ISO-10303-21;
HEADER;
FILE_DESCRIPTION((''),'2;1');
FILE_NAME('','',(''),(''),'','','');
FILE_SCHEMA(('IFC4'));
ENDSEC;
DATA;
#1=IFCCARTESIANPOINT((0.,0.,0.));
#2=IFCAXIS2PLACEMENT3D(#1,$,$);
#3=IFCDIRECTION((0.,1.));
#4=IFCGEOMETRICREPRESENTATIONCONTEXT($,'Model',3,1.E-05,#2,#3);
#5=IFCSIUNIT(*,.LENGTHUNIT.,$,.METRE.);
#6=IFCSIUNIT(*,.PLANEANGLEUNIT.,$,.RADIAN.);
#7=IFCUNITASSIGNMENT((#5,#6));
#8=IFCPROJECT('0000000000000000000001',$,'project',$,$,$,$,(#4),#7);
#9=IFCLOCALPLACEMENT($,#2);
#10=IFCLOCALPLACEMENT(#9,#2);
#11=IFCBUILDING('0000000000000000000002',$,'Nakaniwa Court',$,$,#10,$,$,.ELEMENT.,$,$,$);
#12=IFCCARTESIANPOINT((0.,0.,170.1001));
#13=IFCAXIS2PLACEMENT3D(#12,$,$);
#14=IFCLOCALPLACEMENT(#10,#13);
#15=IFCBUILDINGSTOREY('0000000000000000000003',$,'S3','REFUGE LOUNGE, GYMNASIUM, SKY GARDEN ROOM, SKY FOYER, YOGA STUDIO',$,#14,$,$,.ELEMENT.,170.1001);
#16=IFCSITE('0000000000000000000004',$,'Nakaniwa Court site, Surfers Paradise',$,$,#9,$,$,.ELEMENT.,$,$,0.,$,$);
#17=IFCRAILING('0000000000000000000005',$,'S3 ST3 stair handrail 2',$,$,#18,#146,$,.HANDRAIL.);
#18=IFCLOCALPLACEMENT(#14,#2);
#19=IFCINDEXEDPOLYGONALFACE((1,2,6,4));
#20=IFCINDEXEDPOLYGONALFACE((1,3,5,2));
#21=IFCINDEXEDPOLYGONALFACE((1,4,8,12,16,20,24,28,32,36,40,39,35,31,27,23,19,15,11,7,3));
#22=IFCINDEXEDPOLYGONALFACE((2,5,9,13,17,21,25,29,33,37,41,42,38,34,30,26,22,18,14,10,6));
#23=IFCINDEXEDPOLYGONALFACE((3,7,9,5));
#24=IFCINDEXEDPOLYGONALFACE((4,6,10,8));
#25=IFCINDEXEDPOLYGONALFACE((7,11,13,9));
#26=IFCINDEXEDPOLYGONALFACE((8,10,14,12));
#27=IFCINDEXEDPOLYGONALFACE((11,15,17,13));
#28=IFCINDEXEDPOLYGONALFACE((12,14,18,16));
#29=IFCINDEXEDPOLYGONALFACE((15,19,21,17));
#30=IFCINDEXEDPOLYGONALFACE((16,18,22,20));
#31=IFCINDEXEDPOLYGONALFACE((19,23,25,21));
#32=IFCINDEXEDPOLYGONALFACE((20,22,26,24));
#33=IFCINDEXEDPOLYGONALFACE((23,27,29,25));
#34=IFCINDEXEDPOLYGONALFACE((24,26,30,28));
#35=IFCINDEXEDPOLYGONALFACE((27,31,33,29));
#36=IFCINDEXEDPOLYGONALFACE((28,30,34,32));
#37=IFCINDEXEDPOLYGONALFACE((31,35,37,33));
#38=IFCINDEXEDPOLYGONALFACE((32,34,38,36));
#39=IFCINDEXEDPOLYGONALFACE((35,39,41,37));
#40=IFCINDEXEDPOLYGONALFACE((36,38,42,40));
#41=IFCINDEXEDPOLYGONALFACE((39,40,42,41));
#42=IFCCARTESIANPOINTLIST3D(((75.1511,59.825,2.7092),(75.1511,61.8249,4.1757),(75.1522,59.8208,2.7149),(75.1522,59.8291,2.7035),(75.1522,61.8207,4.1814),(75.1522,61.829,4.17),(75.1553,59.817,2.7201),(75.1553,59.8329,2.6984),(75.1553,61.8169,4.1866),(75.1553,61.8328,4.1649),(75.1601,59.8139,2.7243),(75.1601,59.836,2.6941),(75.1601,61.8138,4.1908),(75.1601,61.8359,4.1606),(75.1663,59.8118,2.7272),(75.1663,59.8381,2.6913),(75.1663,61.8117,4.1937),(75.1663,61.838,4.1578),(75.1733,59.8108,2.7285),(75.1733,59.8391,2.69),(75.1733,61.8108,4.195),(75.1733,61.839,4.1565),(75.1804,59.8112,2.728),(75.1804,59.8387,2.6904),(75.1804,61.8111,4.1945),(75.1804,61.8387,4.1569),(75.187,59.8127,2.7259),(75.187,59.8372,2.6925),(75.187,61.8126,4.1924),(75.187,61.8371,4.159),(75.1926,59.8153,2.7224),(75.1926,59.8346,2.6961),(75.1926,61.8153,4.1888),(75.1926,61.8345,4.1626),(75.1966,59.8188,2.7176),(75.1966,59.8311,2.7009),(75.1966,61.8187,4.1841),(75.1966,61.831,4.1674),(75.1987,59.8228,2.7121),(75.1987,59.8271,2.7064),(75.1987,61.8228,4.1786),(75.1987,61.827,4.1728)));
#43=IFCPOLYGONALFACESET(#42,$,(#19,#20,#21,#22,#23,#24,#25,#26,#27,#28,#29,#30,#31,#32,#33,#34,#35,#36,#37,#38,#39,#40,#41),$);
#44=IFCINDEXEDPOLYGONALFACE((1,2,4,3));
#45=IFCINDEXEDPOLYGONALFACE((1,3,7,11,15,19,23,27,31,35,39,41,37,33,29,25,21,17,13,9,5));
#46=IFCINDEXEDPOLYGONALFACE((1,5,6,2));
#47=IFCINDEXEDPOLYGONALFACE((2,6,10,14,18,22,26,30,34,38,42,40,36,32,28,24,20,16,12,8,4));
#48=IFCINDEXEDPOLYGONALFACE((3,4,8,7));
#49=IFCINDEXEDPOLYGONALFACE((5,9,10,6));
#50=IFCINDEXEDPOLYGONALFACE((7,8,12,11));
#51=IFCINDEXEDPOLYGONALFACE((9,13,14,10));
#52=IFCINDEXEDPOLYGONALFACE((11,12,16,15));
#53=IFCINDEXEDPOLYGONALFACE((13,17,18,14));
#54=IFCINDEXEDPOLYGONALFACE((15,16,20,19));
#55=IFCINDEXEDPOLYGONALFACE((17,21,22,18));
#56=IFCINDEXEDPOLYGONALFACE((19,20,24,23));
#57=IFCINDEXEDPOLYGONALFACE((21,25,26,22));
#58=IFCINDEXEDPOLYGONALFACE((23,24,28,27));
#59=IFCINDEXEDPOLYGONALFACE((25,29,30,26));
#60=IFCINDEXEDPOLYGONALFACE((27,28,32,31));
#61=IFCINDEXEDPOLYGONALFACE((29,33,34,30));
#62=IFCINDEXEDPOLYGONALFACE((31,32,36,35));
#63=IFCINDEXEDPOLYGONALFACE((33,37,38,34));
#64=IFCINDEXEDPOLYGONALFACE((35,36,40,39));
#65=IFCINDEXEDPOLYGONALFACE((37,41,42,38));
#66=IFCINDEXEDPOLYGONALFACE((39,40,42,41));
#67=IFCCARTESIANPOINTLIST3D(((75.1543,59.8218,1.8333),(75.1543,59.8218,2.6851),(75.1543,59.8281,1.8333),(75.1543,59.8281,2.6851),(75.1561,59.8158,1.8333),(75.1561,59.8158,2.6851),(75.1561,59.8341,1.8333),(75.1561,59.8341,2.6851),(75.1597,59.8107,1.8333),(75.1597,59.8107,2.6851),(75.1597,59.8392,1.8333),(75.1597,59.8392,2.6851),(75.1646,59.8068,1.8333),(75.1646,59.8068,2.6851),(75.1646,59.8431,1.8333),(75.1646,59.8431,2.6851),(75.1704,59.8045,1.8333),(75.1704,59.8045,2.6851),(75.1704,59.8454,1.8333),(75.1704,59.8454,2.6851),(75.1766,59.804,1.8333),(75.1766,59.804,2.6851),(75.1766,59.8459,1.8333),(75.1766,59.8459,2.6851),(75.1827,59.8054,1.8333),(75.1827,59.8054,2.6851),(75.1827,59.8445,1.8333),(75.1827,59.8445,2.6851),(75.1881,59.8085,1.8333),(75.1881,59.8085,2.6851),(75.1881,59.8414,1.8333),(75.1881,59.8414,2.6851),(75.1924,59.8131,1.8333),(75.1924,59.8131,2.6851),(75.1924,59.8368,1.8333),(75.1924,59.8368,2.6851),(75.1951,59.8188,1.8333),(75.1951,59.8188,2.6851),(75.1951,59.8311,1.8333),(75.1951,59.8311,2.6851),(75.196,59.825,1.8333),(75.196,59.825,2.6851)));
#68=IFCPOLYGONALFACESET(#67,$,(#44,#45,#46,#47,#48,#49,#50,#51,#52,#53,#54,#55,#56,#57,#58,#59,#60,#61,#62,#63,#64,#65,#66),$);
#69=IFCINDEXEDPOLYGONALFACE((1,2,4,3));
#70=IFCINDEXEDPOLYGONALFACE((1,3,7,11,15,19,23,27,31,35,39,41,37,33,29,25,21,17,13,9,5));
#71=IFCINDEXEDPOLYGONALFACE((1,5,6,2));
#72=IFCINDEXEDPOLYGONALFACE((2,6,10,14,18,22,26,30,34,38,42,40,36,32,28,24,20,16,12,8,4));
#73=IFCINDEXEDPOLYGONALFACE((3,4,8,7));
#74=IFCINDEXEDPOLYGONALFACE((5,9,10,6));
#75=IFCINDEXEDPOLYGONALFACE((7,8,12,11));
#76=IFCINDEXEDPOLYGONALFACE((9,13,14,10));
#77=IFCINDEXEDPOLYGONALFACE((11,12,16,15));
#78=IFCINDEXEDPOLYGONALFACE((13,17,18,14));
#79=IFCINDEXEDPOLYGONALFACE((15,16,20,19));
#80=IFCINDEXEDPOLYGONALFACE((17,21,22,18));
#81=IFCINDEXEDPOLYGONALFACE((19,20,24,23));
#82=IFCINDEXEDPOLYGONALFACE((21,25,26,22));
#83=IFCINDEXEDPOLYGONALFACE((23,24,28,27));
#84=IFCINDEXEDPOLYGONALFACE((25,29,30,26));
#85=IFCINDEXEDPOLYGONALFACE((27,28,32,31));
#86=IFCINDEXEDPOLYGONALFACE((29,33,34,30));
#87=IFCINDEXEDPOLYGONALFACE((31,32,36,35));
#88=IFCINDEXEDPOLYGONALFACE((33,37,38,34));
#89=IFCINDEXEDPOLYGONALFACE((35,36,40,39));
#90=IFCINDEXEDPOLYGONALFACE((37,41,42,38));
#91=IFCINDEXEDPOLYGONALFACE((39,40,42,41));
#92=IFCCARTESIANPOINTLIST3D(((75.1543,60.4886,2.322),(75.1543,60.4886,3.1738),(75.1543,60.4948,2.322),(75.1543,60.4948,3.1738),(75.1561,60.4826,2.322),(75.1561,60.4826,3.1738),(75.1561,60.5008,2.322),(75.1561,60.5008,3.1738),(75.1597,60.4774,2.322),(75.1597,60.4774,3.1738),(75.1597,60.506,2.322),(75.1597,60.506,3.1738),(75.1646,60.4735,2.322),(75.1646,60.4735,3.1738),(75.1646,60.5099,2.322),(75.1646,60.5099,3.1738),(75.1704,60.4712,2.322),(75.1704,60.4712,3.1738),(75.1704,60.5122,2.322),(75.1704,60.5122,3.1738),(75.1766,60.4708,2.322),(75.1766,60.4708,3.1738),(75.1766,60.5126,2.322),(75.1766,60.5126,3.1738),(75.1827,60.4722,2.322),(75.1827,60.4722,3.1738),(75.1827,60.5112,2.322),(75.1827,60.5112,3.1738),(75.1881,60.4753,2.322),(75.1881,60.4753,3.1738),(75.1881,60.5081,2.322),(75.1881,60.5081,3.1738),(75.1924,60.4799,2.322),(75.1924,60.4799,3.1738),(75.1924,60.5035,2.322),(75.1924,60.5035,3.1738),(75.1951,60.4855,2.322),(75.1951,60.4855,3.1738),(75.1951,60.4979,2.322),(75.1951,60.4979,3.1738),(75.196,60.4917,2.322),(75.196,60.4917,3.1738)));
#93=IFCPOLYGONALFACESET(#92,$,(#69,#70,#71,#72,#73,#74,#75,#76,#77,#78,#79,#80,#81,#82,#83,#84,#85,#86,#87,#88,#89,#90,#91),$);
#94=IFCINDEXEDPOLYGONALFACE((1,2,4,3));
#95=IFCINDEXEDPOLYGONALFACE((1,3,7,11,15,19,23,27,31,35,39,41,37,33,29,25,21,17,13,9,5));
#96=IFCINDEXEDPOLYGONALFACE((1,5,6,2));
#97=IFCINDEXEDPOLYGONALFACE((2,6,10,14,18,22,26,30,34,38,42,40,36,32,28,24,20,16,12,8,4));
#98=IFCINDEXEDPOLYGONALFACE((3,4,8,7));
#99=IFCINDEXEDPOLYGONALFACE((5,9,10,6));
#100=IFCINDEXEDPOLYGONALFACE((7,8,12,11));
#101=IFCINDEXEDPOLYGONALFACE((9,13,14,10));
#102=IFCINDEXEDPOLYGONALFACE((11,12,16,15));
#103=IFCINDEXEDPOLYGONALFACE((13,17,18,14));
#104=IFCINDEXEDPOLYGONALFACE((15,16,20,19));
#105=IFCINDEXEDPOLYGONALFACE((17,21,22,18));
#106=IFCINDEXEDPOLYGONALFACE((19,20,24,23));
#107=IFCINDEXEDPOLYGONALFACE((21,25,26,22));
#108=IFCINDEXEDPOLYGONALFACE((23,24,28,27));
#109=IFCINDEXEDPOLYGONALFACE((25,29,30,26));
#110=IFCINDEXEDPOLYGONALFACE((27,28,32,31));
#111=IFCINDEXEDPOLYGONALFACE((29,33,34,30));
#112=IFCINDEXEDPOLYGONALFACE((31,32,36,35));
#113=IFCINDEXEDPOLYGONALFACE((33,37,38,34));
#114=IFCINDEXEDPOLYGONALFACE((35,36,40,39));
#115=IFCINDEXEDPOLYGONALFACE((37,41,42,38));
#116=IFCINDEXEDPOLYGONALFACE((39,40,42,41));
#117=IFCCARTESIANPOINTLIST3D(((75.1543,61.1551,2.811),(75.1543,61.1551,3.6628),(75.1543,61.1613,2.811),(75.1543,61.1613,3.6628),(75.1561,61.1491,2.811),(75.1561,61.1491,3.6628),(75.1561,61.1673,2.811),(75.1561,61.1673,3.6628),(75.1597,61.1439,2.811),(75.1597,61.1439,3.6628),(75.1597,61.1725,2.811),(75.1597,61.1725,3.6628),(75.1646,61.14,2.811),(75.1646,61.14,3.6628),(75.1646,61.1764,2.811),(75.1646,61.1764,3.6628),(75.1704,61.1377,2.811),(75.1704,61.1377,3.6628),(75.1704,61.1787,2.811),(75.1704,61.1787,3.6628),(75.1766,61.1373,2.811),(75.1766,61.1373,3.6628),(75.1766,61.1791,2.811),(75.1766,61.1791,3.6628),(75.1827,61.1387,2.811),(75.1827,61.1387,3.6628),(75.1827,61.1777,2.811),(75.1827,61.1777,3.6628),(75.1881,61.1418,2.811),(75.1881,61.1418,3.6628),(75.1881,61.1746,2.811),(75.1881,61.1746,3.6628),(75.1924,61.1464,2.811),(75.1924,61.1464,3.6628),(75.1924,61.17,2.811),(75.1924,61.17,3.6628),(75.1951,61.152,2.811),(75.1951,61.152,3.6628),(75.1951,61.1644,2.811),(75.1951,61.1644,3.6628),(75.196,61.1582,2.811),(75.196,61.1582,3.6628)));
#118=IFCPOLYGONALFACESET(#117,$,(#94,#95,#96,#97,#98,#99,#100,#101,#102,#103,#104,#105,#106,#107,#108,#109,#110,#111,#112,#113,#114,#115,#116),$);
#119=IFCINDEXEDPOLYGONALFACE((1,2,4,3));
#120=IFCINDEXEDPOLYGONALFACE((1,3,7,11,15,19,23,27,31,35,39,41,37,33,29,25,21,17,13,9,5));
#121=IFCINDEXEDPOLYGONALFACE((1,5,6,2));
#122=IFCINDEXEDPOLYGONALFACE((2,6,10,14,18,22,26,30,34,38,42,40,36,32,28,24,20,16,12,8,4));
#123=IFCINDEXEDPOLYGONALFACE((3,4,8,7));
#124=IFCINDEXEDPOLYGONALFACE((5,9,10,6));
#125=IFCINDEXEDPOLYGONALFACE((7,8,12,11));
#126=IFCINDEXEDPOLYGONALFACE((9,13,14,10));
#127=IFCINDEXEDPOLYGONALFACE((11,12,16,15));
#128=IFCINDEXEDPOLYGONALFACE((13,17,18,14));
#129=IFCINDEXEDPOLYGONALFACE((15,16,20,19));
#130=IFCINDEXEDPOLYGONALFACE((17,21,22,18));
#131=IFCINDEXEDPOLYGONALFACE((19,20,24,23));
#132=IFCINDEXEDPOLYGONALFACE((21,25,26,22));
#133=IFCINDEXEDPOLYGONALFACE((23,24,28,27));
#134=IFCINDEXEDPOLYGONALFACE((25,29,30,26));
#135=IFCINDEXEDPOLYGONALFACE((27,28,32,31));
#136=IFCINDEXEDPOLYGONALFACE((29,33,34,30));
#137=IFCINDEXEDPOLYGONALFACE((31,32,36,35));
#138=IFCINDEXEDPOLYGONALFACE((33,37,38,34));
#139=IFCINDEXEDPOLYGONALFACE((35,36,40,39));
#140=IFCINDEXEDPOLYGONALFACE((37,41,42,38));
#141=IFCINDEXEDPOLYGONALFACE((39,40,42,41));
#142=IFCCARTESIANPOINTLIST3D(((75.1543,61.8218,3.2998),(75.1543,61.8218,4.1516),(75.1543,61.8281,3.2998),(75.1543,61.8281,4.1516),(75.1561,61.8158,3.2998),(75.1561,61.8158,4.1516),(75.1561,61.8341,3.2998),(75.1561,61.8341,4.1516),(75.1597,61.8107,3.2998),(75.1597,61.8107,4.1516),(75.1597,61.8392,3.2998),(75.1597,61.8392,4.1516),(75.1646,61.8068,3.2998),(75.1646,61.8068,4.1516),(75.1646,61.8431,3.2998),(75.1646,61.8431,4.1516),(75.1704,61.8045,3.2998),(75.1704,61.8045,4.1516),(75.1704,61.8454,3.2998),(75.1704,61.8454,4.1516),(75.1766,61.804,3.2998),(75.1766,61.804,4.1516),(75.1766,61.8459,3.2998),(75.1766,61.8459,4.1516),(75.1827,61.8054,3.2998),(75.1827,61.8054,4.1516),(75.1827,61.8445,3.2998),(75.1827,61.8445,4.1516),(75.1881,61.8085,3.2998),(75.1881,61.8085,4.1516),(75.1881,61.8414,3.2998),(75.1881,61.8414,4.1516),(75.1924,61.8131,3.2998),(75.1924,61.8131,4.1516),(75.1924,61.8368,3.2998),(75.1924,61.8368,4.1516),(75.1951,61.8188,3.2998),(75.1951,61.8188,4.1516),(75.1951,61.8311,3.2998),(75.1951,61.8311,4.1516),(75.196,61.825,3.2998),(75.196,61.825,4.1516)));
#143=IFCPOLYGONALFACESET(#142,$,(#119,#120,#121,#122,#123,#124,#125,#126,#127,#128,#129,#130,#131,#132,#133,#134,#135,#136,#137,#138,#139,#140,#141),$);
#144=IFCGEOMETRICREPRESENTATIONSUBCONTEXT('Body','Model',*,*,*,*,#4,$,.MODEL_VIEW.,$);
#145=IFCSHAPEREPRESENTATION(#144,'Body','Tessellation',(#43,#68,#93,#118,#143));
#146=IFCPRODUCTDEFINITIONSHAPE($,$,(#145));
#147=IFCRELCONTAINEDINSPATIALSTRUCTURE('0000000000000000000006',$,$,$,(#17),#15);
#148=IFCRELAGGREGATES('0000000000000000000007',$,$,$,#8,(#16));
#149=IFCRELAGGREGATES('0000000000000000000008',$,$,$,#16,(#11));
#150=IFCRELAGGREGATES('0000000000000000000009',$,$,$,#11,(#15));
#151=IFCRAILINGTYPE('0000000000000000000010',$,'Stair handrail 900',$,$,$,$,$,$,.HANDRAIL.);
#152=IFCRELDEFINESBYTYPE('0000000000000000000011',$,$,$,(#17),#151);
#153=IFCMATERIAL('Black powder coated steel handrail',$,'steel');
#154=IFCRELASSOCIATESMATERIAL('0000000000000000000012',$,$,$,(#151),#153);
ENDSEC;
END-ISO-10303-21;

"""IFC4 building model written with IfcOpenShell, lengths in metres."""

from ifc_helpers import new_model, si_unit, direction, frame, origin, origin_2d, place, context, subcontext, project, spatial, circle, extrude, material, type_object, element, save


model = new_model("IFC4")

# Units and contexts
model_context = context("Model", 3, precision=1e-05, world=origin(), true_north=direction((0.0, 1.0)))
body_context = subcontext(model_context, "Body", "Model", "MODEL_VIEW")
ifc_project = project(units=[si_unit("LENGTHUNIT", "METRE"), si_unit("PLANEANGLEUNIT", "RADIAN")], contexts=[model_context])

# Site, building, storey
site_placement = place(None, origin())
site = spatial("IfcSite", under=ifc_project, at=site_placement, Name="Nakaniwa Court site, Surfers Paradise", CompositionType="ELEMENT", RefElevation=0.0)
building_placement = place(site_placement, origin())
building = spatial("IfcBuilding", under=site, at=building_placement, Name="Nakaniwa Court", CompositionType="ELEMENT")
storey_placement = place(building_placement, frame((0.0, 0.0, 170.1001)))
storey = spatial("IfcBuildingStorey", under=building, at=storey_placement, Name="S3", Description="REFUGE LOUNGE, GYMNASIUM, SKY GARDEN ROOM, SKY FOYER, YOGA STUDIO", CompositionType="ELEMENT", Elevation=170.1001)

# Railing
ifc_material_1 = material(Name="Black powder coated steel handrail", Category="steel")
railing_type_1 = type_object("IfcRailingType", Name="Stair handrail 900", PredefinedType="HANDRAIL", material=ifc_material_1)
railing_1_placement = place(storey_placement, frame((75.175, 59.825, 1.8333)))
element("IfcRailing", 1, at=railing_1_placement, inside=storey, type_object=railing_type_1, Name="S3 ST3 stair handrail 2", PredefinedType="HANDRAIL", context=body_context, shape_type="SweptSolid", body=[
    extrude(circle(Radius=0.0239, at=origin_2d()), frame((0.0, 0.0, 0.876), z_axis=(0.0, 0.806427, 0.591334), x_axis=(-1.0, 0.0, 0.0)), (0.0, 0.0, 1.0), 2.48),
    extrude(circle(Radius=0.021, at=origin_2d()), origin(), (0.0, 0.0, 1.0), 0.8518),
    extrude(circle(Radius=0.021, at=origin_2d()), frame((0.0, 0.6667, 0.4888)), (0.0, 0.0, 1.0), 0.8518),
    extrude(circle(Radius=0.021, at=origin_2d()), frame((0.0, 1.3333, 0.9778)), (0.0, 0.0, 1.0), 0.8518),
    extrude(circle(Radius=0.021, at=origin_2d()), frame((0.0, 2.0, 1.4666)), (0.0, 0.0, 1.0), 0.8518),
])

save(model, "model.ifc")
